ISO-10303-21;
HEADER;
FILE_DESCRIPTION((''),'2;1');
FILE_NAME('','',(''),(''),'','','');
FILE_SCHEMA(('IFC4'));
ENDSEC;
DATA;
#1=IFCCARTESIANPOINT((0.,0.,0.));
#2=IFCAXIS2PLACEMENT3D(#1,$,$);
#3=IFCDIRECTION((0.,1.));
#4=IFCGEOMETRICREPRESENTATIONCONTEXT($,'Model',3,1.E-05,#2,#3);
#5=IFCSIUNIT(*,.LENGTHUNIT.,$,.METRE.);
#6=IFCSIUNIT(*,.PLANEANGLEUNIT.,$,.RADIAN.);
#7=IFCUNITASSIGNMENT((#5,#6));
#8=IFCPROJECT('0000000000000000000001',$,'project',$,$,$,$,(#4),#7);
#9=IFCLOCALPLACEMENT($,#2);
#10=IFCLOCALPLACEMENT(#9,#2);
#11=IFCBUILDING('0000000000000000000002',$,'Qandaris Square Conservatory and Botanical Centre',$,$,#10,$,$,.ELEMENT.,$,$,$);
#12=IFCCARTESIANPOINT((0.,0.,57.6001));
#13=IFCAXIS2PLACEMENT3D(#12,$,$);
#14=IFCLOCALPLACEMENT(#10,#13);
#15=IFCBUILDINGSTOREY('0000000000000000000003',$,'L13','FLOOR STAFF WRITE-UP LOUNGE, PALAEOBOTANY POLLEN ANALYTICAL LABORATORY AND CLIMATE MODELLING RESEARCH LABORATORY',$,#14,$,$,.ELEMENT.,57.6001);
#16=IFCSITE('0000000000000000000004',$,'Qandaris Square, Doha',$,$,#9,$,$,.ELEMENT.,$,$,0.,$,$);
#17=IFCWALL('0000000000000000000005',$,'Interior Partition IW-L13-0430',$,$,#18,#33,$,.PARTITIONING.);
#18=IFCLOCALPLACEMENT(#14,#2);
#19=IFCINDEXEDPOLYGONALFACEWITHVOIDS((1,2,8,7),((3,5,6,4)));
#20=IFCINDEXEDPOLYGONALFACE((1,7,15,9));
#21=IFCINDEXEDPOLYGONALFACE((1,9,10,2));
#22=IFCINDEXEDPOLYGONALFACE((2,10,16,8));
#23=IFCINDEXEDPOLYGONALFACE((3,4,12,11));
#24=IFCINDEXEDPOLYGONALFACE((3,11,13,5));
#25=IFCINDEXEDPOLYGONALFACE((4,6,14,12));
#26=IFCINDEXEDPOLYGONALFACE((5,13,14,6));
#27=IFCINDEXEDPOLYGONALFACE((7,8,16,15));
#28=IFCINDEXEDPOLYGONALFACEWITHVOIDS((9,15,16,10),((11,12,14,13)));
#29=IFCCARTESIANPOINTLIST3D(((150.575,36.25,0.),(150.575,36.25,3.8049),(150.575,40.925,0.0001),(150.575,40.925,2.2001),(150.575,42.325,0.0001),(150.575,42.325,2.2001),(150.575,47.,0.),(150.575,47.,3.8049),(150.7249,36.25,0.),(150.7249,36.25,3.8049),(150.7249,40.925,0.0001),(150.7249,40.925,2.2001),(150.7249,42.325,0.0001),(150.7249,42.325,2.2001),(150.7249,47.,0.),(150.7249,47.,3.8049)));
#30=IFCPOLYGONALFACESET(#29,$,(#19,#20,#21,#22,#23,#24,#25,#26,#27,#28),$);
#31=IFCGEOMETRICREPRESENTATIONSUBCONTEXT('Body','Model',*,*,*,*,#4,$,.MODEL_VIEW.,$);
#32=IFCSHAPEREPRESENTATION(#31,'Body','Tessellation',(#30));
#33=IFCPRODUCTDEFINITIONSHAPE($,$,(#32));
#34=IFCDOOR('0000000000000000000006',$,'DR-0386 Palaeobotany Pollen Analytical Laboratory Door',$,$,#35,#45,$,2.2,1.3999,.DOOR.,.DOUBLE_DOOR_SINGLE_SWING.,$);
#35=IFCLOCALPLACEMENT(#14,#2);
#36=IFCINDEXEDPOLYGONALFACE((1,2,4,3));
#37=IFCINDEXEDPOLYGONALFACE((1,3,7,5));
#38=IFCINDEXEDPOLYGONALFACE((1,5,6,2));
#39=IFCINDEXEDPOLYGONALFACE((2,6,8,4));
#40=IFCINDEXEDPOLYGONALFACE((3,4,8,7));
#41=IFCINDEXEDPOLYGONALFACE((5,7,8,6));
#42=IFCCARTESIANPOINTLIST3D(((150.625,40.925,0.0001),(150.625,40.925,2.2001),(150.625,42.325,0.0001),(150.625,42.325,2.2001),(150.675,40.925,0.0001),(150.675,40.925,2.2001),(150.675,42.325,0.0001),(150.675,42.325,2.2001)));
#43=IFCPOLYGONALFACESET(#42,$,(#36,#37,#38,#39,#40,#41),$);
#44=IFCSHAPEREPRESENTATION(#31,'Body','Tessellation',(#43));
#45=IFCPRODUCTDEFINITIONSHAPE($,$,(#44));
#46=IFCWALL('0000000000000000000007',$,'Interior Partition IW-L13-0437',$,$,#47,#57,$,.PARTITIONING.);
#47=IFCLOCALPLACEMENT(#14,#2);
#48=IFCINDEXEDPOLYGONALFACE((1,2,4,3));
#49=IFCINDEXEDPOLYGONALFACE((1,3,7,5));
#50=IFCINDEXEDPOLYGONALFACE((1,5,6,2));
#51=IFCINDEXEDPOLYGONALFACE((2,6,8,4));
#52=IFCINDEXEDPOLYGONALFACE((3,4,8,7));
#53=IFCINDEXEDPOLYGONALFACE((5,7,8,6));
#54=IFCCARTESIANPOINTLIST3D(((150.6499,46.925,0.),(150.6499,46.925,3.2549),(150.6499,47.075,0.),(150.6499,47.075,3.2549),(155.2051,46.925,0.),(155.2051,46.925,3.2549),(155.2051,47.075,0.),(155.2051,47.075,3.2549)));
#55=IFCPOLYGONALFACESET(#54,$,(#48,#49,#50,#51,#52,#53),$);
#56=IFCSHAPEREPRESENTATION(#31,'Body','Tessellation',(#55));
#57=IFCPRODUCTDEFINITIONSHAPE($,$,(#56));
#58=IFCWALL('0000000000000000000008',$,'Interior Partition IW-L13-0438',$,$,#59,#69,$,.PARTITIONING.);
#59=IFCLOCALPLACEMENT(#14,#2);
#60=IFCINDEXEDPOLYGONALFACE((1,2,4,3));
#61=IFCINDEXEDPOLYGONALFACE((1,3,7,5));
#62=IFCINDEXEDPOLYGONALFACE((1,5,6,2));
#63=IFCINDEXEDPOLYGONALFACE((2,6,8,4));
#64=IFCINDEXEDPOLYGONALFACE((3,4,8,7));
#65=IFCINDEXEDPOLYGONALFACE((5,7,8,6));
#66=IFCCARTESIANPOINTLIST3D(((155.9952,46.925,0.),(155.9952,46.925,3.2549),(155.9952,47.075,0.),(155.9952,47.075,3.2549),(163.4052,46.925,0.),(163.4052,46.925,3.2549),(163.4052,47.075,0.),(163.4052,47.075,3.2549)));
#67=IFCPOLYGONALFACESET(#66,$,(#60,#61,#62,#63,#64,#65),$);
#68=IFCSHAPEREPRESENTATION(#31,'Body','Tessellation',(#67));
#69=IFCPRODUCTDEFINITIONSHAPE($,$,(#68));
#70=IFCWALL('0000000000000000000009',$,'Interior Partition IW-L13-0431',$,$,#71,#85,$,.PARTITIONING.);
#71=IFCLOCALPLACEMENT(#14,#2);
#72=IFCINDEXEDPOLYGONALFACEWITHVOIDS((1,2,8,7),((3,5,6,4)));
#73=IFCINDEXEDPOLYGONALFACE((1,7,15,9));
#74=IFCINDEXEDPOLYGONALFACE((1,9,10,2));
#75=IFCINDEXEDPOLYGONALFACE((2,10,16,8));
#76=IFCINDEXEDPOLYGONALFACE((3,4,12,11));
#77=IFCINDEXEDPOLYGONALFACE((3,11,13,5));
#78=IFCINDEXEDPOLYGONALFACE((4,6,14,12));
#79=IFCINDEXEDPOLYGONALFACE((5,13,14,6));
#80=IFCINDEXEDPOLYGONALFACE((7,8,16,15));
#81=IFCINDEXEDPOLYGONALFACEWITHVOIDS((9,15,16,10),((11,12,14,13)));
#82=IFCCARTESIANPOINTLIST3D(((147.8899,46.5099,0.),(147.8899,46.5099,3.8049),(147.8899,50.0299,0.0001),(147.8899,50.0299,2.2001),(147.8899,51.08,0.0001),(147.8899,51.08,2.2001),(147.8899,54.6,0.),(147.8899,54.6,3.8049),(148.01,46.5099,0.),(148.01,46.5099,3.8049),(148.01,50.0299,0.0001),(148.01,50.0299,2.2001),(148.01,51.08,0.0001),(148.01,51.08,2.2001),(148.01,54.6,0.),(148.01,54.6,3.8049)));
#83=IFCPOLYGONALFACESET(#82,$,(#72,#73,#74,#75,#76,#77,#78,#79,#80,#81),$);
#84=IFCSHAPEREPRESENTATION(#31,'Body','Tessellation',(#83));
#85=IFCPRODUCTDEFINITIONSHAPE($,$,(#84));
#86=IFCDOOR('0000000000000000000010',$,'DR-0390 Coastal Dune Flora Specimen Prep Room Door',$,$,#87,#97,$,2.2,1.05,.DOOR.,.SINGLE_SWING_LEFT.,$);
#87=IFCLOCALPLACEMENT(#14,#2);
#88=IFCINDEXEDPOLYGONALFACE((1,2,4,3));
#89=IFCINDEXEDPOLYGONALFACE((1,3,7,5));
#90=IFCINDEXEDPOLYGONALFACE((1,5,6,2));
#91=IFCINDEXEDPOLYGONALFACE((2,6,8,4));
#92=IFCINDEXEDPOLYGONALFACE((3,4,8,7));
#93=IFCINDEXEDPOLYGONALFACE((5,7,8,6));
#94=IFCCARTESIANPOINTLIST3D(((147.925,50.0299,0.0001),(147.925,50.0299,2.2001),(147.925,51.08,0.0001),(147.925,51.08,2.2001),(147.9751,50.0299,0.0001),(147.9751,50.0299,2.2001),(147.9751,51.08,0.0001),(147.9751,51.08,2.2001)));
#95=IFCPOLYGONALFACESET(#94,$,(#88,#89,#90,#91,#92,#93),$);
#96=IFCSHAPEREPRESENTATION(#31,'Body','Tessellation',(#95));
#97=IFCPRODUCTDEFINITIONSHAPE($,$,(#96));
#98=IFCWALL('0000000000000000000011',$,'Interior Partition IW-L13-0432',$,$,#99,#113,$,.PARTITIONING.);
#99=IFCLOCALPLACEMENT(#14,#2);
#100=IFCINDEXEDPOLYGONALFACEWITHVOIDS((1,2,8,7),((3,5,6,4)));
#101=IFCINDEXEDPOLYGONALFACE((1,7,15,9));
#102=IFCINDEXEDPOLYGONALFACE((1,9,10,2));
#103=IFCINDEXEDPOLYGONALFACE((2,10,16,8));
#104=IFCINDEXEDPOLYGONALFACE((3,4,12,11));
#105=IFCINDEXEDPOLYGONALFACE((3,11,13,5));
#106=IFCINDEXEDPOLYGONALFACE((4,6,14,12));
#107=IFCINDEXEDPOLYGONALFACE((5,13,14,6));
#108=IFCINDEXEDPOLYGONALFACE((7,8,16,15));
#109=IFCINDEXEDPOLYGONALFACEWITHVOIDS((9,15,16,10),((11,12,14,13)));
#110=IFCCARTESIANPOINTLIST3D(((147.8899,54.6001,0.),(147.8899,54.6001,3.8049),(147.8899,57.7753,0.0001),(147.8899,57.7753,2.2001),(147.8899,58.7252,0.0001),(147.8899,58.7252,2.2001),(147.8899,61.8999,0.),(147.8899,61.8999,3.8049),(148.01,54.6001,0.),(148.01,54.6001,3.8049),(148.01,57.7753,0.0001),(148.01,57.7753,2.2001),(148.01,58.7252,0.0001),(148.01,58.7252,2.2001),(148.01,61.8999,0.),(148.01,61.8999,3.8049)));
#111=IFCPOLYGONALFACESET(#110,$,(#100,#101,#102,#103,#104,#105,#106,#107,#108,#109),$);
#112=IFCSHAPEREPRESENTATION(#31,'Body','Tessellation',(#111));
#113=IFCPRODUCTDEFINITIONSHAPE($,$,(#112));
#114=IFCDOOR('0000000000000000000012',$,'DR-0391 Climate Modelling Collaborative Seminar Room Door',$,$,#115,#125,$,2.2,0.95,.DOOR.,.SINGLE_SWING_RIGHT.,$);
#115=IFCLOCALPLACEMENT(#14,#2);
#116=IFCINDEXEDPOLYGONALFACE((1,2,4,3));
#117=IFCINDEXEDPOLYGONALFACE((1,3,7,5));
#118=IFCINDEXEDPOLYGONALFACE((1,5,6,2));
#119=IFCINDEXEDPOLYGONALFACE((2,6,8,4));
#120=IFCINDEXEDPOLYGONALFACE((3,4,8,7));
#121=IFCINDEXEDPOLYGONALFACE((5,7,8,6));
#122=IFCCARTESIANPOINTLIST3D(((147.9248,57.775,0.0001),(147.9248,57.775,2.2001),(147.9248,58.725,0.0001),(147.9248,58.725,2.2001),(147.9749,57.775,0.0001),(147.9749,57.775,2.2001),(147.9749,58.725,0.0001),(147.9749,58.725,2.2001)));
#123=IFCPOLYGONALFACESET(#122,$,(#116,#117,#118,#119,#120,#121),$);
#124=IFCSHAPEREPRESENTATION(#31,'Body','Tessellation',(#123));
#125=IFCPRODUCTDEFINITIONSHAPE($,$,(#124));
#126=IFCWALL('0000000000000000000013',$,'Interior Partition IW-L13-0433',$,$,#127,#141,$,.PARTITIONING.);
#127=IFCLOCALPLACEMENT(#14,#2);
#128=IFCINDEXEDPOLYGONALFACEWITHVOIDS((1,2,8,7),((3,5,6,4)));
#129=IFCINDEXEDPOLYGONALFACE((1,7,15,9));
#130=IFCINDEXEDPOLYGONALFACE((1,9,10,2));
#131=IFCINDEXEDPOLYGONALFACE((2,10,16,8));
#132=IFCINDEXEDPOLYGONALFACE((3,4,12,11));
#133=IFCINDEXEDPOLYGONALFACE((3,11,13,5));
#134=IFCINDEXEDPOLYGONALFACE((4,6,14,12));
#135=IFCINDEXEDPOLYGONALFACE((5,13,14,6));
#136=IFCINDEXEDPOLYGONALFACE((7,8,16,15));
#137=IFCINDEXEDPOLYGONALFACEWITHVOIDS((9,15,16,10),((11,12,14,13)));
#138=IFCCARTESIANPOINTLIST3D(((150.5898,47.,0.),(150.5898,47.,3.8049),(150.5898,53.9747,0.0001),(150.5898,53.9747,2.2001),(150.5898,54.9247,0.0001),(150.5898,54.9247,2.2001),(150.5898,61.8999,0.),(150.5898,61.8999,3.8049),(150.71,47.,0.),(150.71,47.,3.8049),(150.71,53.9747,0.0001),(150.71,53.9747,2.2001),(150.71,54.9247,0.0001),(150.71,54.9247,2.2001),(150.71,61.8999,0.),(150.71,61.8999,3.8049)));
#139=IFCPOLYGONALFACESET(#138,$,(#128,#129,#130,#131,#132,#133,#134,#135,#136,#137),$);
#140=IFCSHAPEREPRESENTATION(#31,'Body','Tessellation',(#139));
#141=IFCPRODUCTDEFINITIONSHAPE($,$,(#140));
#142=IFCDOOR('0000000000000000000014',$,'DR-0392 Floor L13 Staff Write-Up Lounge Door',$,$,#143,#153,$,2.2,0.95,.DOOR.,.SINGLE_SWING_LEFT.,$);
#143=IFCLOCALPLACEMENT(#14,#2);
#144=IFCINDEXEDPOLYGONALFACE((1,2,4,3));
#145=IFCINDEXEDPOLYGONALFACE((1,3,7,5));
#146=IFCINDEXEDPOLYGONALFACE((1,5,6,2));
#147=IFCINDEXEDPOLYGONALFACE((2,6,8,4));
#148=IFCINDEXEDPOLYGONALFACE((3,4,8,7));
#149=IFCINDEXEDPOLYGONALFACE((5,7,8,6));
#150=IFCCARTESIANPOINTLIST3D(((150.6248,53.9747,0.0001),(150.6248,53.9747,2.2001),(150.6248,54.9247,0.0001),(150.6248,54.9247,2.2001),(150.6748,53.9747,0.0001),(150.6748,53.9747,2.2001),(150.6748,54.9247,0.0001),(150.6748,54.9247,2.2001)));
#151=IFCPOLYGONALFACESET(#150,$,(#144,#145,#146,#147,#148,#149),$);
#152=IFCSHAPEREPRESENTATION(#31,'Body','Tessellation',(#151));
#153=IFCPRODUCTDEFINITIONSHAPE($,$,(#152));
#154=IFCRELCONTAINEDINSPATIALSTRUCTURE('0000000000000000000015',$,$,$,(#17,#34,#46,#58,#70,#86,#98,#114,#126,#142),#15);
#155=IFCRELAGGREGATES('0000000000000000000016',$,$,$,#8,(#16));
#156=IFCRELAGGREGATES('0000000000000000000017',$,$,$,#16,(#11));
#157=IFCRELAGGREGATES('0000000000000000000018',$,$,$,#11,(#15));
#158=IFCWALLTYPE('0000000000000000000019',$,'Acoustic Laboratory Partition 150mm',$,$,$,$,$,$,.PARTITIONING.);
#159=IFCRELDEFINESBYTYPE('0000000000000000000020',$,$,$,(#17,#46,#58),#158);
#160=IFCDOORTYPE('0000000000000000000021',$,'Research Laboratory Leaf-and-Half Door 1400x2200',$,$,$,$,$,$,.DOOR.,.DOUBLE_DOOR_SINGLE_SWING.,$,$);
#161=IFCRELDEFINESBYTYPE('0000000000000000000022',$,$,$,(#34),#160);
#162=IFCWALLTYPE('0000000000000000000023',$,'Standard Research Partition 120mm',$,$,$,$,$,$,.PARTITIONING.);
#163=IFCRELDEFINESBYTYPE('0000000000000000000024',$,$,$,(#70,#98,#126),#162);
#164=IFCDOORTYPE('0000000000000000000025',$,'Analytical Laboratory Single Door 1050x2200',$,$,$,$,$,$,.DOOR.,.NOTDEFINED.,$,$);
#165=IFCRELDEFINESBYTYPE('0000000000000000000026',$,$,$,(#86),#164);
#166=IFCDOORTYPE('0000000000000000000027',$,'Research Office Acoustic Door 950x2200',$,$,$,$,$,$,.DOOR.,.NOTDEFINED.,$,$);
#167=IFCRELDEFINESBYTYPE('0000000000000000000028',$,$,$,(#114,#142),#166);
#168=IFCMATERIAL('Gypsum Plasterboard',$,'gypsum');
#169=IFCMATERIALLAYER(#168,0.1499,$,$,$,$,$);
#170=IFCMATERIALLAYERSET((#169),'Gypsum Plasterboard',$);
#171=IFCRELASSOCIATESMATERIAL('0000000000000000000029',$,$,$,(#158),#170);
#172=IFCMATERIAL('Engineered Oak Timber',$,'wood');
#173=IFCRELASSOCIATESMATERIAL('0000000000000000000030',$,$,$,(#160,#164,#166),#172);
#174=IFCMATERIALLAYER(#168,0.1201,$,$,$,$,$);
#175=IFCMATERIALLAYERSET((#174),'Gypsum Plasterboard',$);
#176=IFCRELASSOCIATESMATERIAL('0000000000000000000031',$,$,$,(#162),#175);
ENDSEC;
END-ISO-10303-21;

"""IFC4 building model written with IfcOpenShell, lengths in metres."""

from ifc_helpers import new_model, si_unit, direction, frame, frame_2d, origin, place, context, subcontext, project, spatial, rectangle, extrude, material, layer, layer_set, type_object, element, fill, save


model = new_model("IFC4")

# Units and contexts
model_context = context("Model", 3, precision=1e-05, world=origin(), true_north=direction((0.0, 1.0)))
body_context = subcontext(model_context, "Body", "Model", "MODEL_VIEW")
ifc_project = project(units=[si_unit("LENGTHUNIT", "METRE"), si_unit("PLANEANGLEUNIT", "RADIAN")], contexts=[model_context])

# Site, building, storey
site_placement = place(None, origin())
site = spatial("IfcSite", under=ifc_project, at=site_placement, Name="Qandaris Square, Doha", CompositionType="ELEMENT", RefElevation=0.0)
building_placement = place(site_placement, origin())
building = spatial("IfcBuilding", under=site, at=building_placement, Name="Qandaris Square Conservatory and Botanical Centre", CompositionType="ELEMENT")
storey_placement = place(building_placement, frame((0.0, 0.0, 57.6001)))
storey = spatial("IfcBuildingStorey", under=building, at=storey_placement, Name="L13", Description="FLOOR STAFF WRITE-UP LOUNGE, PALAEOBOTANY POLLEN ANALYTICAL LABORATORY AND CLIMATE MODELLING RESEARCH LABORATORY", CompositionType="ELEMENT", Elevation=57.6001)

# Wall, opening, door
ifc_material_1 = material(Name="Gypsum Plasterboard", Category="gypsum")
ifc_layer_1 = layer(ifc_material_1, 0.1499)
ifc_layer_set_1 = layer_set([ifc_layer_1], Name="Gypsum Plasterboard")
wall_type_1 = type_object("IfcWallType", Name="Acoustic Laboratory Partition 150mm", PredefinedType="PARTITIONING", material=ifc_layer_set_1)
wall_1_placement = place(storey_placement, frame((150.6499, 47.0, 0.0), z_axis=(0.0, 0.0, 1.0), x_axis=(0.0, -1.0, 0.0)))
wall_1 = element("IfcWall", 1, at=wall_1_placement, inside=storey, type_object=wall_type_1, Name="Interior Partition IW-L13-0430", PredefinedType="PARTITIONING", context=body_context, shape_type="SweptSolid", body=[
    extrude(rectangle(XDim=10.75, YDim=0.1499, at=frame_2d((5.375, 0.0))), origin(), (0.0, 0.0, 1.0), 3.8049),
])
opening_1_placement = place(wall_1_placement, frame((4.675, 0.0, 0.0)))
opening_1 = element("IfcOpeningElement", 2, at=opening_1_placement, cuts=wall_1, PredefinedType="OPENING", context=body_context, shape_type="SweptSolid", body=[
    extrude(rectangle(XDim=1.3999, YDim=2.2, at=frame_2d((0.7, 1.1001))), frame((0.0, 0.0869, 0.0), z_axis=(0.0, -1.0, 0.0), x_axis=(1.0, 0.0, 0.0)), (0.0, 0.0, 1.0), 0.1738),
])
ifc_material_2 = material(Name="Engineered Oak Timber", Category="wood")
door_type_1 = type_object("IfcDoorType", Name="Research Laboratory Leaf-and-Half Door 1400x2200", OperationType="DOUBLE_DOOR_SINGLE_SWING", PredefinedType="DOOR", material=ifc_material_2)
door_1_placement = place(opening_1_placement, frame((1.3999, 0.0, 0.0), z_axis=(0.0, 0.0, 1.0), x_axis=(-1.0, 0.0, 0.0)))
door_1 = element("IfcDoor", 3, at=door_1_placement, inside=storey, type_object=door_type_1, Name="DR-0386 Palaeobotany Pollen Analytical Laboratory Door", OperationType="DOUBLE_DOOR_SINGLE_SWING", OverallHeight=2.2, OverallWidth=1.3999, PredefinedType="DOOR", context=body_context, shape_type="SweptSolid", body=[
    extrude(rectangle(XDim=1.3999, YDim=2.2, at=frame_2d((0.7, 1.1001))), frame((0.0, 0.0249, 0.0), z_axis=(0.0, -1.0, 0.0), x_axis=(1.0, 0.0, 0.0)), (0.0, 0.0, 1.0), 0.05),
])
fill(opening_1, door_1)

# Walls
wall_2_placement = place(storey_placement, frame((150.6499, 47.0, 0.0), z_axis=(0.0, 0.0, 1.0), x_axis=(1.0, 0.0, 0.0)))
element("IfcWall", 4, at=wall_2_placement, inside=storey, type_object=wall_type_1, Name="Interior Partition IW-L13-0437", PredefinedType="PARTITIONING", context=body_context, shape_type="SweptSolid", body=[
    extrude(rectangle(XDim=4.5552, YDim=0.1499, at=frame_2d((2.2776, 0.0))), origin(), (0.0, 0.0, 1.0), 3.2549),
])
wall_3_placement = place(storey_placement, frame((155.9951, 47.0, 0.0), z_axis=(0.0, 0.0, 1.0), x_axis=(1.0, 0.0, 0.0)))
element("IfcWall", 5, at=wall_3_placement, inside=storey, type_object=wall_type_1, Name="Interior Partition IW-L13-0438", PredefinedType="PARTITIONING", context=body_context, shape_type="SweptSolid", body=[
    extrude(rectangle(XDim=7.4099, YDim=0.1499, at=frame_2d((3.7051, 0.0))), origin(), (0.0, 0.0, 1.0), 3.2549),
])

# Walls, openings, doors
ifc_layer_2 = layer(ifc_material_1, 0.1201)
ifc_layer_set_2 = layer_set([ifc_layer_2], Name="Gypsum Plasterboard")
wall_type_2 = type_object("IfcWallType", Name="Standard Research Partition 120mm", PredefinedType="PARTITIONING", material=ifc_layer_set_2)
wall_4_placement = place(storey_placement, frame((147.95, 46.51, 0.0), z_axis=(0.0, 0.0, 1.0), x_axis=(0.0, 1.0, 0.0)))
wall_4 = element("IfcWall", 6, at=wall_4_placement, inside=storey, type_object=wall_type_2, Name="Interior Partition IW-L13-0431", PredefinedType="PARTITIONING", context=body_context, shape_type="SweptSolid", body=[
    extrude(rectangle(XDim=8.0901, YDim=0.1201, at=frame_2d((4.0449, 0.0))), origin(), (0.0, 0.0, 1.0), 3.8049),
])
opening_2_placement = place(wall_4_placement, frame((3.52, 0.0, 0.0)))
opening_2 = element("IfcOpeningElement", 7, at=opening_2_placement, cuts=wall_4, PredefinedType="OPENING", context=body_context, shape_type="SweptSolid", body=[
    extrude(rectangle(XDim=1.05, YDim=2.2, at=frame_2d((0.5249, 1.1001))), frame((0.0, 0.072, 0.0), z_axis=(0.0, -1.0, 0.0), x_axis=(1.0, 0.0, 0.0)), (0.0, 0.0, 1.0), 0.144),
])
door_type_2 = type_object("IfcDoorType", Name="Analytical Laboratory Single Door 1050x2200", OperationType="NOTDEFINED", PredefinedType="DOOR", material=ifc_material_2)
door_2_placement = place(opening_2_placement, origin())
door_2 = element("IfcDoor", 8, at=door_2_placement, inside=storey, type_object=door_type_2, Name="DR-0390 Coastal Dune Flora Specimen Prep Room Door", OperationType="SINGLE_SWING_LEFT", OverallHeight=2.2, OverallWidth=1.05, PredefinedType="DOOR", context=body_context, shape_type="SweptSolid", body=[
    extrude(rectangle(XDim=1.05, YDim=2.2, at=frame_2d((0.5249, 1.1001))), frame((0.0, 0.0249, 0.0), z_axis=(0.0, -1.0, 0.0), x_axis=(1.0, 0.0, 0.0)), (0.0, 0.0, 1.0), 0.05),
])
fill(opening_2, door_2)
wall_5_placement = place(storey_placement, frame((147.95, 54.6001, 0.0), z_axis=(0.0, 0.0, 1.0), x_axis=(0.0, 1.0, 0.0)))
wall_5 = element("IfcWall", 9, at=wall_5_placement, inside=storey, type_object=wall_type_2, Name="Interior Partition IW-L13-0432", PredefinedType="PARTITIONING", context=body_context, shape_type="SweptSolid", body=[
    extrude(rectangle(XDim=7.2998, YDim=0.1201, at=frame_2d((3.6499, 0.0))), origin(), (0.0, 0.0, 1.0), 3.8049),
])
opening_3_placement = place(wall_5_placement, frame((3.175, 0.0, 0.0)))
opening_3 = element("IfcOpeningElement", 10, at=opening_3_placement, cuts=wall_5, PredefinedType="OPENING", context=body_context, shape_type="SweptSolid", body=[
    extrude(rectangle(XDim=0.95, YDim=2.2, at=frame_2d((0.4751, 1.1001))), frame((0.0, 0.072, 0.0), z_axis=(0.0, -1.0, 0.0), x_axis=(1.0, 0.0, 0.0)), (0.0, 0.0, 1.0), 0.144),
])
door_type_3 = type_object("IfcDoorType", Name="Research Office Acoustic Door 950x2200", OperationType="NOTDEFINED", PredefinedType="DOOR", material=ifc_material_2)
door_3_placement = place(opening_3_placement, frame((0.95, 0.0, 0.0), z_axis=(0.0, 0.0, 1.0), x_axis=(-1.0, 0.0, 0.0)))
door_3 = element("IfcDoor", 11, at=door_3_placement, inside=storey, type_object=door_type_3, Name="DR-0391 Climate Modelling Collaborative Seminar Room Door", OperationType="SINGLE_SWING_RIGHT", OverallHeight=2.2, OverallWidth=0.95, PredefinedType="DOOR", context=body_context, shape_type="SweptSolid", body=[
    extrude(rectangle(XDim=0.95, YDim=2.2, at=frame_2d((0.4751, 1.1001))), frame((0.0, 0.0249, 0.0), z_axis=(0.0, -1.0, 0.0), x_axis=(1.0, 0.0, 0.0)), (0.0, 0.0, 1.0), 0.05),
])
fill(opening_3, door_3)
wall_6_placement = place(storey_placement, frame((150.6499, 61.8999, 0.0), z_axis=(0.0, 0.0, 1.0), x_axis=(0.0, -1.0, 0.0)))
wall_6 = element("IfcWall", 12, at=wall_6_placement, inside=storey, type_object=wall_type_2, Name="Interior Partition IW-L13-0433", PredefinedType="PARTITIONING", context=body_context, shape_type="SweptSolid", body=[
    extrude(rectangle(XDim=14.8999, YDim=0.1201, at=frame_2d((7.45, 0.0))), origin(), (0.0, 0.0, 1.0), 3.8049),
])
opening_4_placement = place(wall_6_placement, frame((6.9751, 0.0, 0.0)))
opening_4 = element("IfcOpeningElement", 13, at=opening_4_placement, cuts=wall_6, PredefinedType="OPENING", context=body_context, shape_type="SweptSolid", body=[
    extrude(rectangle(XDim=0.95, YDim=2.2, at=frame_2d((0.4751, 1.1001))), frame((0.0, 0.072, 0.0), z_axis=(0.0, -1.0, 0.0), x_axis=(1.0, 0.0, 0.0)), (0.0, 0.0, 1.0), 0.144),
])
door_4_placement = place(opening_4_placement, origin())
door_4 = element("IfcDoor", 14, at=door_4_placement, inside=storey, type_object=door_type_3, Name="DR-0392 Floor L13 Staff Write-Up Lounge Door", OperationType="SINGLE_SWING_LEFT", OverallHeight=2.2, OverallWidth=0.95, PredefinedType="DOOR", context=body_context, shape_type="SweptSolid", body=[
    extrude(rectangle(XDim=0.95, YDim=2.2, at=frame_2d((0.4751, 1.1001))), frame((0.0, 0.0249, 0.0), z_axis=(0.0, -1.0, 0.0), x_axis=(1.0, 0.0, 0.0)), (0.0, 0.0, 1.0), 0.05),
])
fill(opening_4, door_4)

save(model, "model.ifc")
